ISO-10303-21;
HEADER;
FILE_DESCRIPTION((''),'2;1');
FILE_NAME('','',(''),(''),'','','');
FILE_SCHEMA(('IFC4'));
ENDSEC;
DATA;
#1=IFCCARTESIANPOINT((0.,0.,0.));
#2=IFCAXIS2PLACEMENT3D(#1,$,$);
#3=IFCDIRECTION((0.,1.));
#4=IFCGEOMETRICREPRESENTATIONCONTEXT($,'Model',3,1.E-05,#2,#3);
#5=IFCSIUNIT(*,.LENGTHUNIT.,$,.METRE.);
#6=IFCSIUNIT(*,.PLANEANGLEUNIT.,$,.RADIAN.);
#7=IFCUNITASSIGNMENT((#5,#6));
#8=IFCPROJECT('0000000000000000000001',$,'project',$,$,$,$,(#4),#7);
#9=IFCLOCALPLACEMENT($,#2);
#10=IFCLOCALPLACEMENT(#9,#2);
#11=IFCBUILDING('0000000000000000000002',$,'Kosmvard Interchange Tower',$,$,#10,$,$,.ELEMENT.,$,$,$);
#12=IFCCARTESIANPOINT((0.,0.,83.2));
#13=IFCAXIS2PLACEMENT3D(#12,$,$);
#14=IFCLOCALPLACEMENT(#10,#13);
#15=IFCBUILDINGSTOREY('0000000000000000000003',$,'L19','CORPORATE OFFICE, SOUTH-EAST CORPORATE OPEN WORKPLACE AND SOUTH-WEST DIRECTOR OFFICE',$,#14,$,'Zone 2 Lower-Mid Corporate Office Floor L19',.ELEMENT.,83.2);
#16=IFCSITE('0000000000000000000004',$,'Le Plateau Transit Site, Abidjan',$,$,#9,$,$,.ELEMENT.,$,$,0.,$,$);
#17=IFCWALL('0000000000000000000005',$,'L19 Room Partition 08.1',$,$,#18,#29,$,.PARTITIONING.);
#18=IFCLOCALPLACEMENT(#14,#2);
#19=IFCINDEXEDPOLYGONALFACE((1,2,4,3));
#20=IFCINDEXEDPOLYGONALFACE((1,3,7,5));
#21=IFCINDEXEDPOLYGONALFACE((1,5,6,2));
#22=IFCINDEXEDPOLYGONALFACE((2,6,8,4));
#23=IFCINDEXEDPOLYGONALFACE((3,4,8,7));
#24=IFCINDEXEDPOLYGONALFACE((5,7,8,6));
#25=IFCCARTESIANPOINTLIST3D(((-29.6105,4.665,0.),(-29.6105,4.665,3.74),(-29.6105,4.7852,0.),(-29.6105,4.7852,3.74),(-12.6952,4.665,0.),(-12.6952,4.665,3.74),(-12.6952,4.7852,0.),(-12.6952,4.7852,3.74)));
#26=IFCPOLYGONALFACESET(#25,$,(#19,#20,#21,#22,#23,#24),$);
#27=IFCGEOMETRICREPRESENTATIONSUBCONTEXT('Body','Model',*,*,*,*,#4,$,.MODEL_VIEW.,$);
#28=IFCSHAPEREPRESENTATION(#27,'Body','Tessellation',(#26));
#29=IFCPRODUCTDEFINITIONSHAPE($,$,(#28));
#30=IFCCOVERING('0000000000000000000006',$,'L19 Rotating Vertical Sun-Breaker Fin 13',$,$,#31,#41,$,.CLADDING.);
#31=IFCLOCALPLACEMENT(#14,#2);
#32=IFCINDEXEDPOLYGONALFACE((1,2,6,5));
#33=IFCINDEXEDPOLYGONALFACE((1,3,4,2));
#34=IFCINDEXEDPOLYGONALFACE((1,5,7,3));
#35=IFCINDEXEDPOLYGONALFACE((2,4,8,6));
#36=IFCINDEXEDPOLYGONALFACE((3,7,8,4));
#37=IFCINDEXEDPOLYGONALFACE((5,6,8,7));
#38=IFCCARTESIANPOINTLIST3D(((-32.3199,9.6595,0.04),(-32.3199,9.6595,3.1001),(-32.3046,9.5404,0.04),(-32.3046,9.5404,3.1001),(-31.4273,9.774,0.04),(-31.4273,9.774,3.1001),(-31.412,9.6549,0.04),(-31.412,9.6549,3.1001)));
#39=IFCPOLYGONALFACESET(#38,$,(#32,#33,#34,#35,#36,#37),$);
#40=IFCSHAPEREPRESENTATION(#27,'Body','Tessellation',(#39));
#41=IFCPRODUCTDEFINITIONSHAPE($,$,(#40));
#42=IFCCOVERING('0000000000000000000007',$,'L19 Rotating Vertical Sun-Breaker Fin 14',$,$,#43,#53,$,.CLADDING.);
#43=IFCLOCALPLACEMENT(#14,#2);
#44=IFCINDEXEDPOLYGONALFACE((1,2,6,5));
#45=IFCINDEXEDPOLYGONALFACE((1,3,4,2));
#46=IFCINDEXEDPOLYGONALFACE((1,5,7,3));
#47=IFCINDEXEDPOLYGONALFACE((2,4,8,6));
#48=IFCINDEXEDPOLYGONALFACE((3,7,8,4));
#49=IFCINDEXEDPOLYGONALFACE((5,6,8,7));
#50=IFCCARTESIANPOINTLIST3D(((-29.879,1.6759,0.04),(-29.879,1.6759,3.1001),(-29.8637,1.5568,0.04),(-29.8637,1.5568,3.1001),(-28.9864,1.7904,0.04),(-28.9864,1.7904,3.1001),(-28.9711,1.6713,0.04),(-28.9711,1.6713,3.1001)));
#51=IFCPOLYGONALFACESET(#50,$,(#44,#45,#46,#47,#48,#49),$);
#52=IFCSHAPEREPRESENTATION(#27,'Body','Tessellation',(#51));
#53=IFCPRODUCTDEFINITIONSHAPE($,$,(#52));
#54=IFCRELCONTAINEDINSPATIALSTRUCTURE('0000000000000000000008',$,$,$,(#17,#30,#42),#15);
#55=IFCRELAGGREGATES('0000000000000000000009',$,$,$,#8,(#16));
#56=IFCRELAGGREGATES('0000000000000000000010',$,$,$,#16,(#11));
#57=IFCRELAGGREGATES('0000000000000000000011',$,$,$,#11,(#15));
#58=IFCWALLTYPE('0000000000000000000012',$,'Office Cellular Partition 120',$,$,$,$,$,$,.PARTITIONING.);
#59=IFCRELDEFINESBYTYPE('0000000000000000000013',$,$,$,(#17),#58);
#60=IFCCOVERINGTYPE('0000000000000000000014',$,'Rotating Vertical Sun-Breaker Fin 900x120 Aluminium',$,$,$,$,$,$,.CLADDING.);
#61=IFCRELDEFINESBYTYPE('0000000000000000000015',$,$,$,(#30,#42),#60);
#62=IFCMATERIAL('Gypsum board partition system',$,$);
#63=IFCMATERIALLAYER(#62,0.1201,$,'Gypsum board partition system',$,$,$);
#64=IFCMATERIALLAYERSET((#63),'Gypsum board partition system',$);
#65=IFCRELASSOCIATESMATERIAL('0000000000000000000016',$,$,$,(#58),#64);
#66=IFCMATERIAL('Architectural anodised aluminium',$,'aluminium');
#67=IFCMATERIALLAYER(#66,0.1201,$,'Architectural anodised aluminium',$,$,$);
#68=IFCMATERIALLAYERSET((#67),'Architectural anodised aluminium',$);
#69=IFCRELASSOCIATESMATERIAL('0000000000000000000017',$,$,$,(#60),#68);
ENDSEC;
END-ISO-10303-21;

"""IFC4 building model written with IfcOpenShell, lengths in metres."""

from ifc_helpers import new_model, si_unit, direction, frame, frame_2d, origin, origin_2d, place, context, subcontext, project, spatial, rectangle, extrude, source, transform, mapped, material, layer, layer_set, type_object, element, save


model = new_model("IFC4")

# Units and contexts
model_context = context("Model", 3, precision=1e-05, world=origin(), true_north=direction((0.0, 1.0)))
body_context = subcontext(model_context, "Body", "Model", "MODEL_VIEW")
ifc_project = project(units=[si_unit("LENGTHUNIT", "METRE"), si_unit("PLANEANGLEUNIT", "RADIAN")], contexts=[model_context])

# Site, building, storey
site_placement = place(None, origin())
site = spatial("IfcSite", under=ifc_project, at=site_placement, Name="Le Plateau Transit Site, Abidjan", CompositionType="ELEMENT", RefElevation=0.0)
building_placement = place(site_placement, origin())
building = spatial("IfcBuilding", under=site, at=building_placement, Name="Kosmvard Interchange Tower", CompositionType="ELEMENT")
storey_placement = place(building_placement, frame((0.0, 0.0, 83.2)))
storey = spatial("IfcBuildingStorey", under=building, at=storey_placement, Name="L19", Description="CORPORATE OFFICE, SOUTH-EAST CORPORATE OPEN WORKPLACE AND SOUTH-WEST DIRECTOR OFFICE", LongName="Zone 2 Lower-Mid Corporate Office Floor L19", CompositionType="ELEMENT", Elevation=83.2)

# Wall
ifc_material_1 = material(Name="Gypsum board partition system")
ifc_layer_1 = layer(ifc_material_1, 0.1201, Name="Gypsum board partition system")
ifc_layer_set_1 = layer_set([ifc_layer_1], Name="Gypsum board partition system")
wall_type_1 = type_object("IfcWallType", Name="Office Cellular Partition 120", PredefinedType="PARTITIONING", material=ifc_layer_set_1)
wall_1_placement = place(storey_placement, frame((-29.6104, 4.7251, 0.0), z_axis=(0.0, 0.0, 1.0), x_axis=(1.0, 0.0, 0.0)))
element("IfcWall", 1, at=wall_1_placement, inside=storey, type_object=wall_type_1, Name="L19 Room Partition 08.1", PredefinedType="PARTITIONING", context=body_context, shape_type="SweptSolid", body=[
    extrude(rectangle(XDim=16.9153, YDim=0.1201, at=frame_2d((8.4575, 0.0))), origin(), (0.0, 0.0, 1.0), 3.74),
])

# Coverings
ifc_material_2 = material(Name="Architectural anodised aluminium", Category="aluminium")
ifc_layer_2 = layer(ifc_material_2, 0.1201, Name="Architectural anodised aluminium")
ifc_layer_set_2 = layer_set([ifc_layer_2], Name="Architectural anodised aluminium")
covering_type = type_object("IfcCoveringType", Name="Rotating Vertical Sun-Breaker Fin 900x120 Aluminium", PredefinedType="CLADDING", material=ifc_layer_set_2)
shared_shape_1 = source(origin(), body_context, "Body", "SweptSolid", [
    extrude(rectangle(XDim=0.8999, YDim=0.1201, at=origin_2d()), origin(), (0.0, 0.0, 1.0), 3.0601),
])
for number, where, z_axis, x_axis, name in (
    (2, (-31.866, 9.6572, 0.04), (0.0, 0.0, 1.0), (-0.991872, -0.127238, 0.0), "L19 Rotating Vertical Sun-Breaker Fin 13"),
    (3, (-29.425, 1.6736, 0.04), (0.0, 0.0, 1.0), (-0.991872, -0.127238, 0.0), "L19 Rotating Vertical Sun-Breaker Fin 14"),
):
    element("IfcCovering", number, at=place(storey_placement, frame(where, z_axis=z_axis, x_axis=x_axis)), inside=storey, type_object=covering_type, Name=name, PredefinedType="CLADDING", context=body_context, shape_type="MappedRepresentation", body=[
        mapped(shared_shape_1, transform((0.0, 0.0, 0.0), scale=1.0)),
    ])

save(model, "model.ifc")
